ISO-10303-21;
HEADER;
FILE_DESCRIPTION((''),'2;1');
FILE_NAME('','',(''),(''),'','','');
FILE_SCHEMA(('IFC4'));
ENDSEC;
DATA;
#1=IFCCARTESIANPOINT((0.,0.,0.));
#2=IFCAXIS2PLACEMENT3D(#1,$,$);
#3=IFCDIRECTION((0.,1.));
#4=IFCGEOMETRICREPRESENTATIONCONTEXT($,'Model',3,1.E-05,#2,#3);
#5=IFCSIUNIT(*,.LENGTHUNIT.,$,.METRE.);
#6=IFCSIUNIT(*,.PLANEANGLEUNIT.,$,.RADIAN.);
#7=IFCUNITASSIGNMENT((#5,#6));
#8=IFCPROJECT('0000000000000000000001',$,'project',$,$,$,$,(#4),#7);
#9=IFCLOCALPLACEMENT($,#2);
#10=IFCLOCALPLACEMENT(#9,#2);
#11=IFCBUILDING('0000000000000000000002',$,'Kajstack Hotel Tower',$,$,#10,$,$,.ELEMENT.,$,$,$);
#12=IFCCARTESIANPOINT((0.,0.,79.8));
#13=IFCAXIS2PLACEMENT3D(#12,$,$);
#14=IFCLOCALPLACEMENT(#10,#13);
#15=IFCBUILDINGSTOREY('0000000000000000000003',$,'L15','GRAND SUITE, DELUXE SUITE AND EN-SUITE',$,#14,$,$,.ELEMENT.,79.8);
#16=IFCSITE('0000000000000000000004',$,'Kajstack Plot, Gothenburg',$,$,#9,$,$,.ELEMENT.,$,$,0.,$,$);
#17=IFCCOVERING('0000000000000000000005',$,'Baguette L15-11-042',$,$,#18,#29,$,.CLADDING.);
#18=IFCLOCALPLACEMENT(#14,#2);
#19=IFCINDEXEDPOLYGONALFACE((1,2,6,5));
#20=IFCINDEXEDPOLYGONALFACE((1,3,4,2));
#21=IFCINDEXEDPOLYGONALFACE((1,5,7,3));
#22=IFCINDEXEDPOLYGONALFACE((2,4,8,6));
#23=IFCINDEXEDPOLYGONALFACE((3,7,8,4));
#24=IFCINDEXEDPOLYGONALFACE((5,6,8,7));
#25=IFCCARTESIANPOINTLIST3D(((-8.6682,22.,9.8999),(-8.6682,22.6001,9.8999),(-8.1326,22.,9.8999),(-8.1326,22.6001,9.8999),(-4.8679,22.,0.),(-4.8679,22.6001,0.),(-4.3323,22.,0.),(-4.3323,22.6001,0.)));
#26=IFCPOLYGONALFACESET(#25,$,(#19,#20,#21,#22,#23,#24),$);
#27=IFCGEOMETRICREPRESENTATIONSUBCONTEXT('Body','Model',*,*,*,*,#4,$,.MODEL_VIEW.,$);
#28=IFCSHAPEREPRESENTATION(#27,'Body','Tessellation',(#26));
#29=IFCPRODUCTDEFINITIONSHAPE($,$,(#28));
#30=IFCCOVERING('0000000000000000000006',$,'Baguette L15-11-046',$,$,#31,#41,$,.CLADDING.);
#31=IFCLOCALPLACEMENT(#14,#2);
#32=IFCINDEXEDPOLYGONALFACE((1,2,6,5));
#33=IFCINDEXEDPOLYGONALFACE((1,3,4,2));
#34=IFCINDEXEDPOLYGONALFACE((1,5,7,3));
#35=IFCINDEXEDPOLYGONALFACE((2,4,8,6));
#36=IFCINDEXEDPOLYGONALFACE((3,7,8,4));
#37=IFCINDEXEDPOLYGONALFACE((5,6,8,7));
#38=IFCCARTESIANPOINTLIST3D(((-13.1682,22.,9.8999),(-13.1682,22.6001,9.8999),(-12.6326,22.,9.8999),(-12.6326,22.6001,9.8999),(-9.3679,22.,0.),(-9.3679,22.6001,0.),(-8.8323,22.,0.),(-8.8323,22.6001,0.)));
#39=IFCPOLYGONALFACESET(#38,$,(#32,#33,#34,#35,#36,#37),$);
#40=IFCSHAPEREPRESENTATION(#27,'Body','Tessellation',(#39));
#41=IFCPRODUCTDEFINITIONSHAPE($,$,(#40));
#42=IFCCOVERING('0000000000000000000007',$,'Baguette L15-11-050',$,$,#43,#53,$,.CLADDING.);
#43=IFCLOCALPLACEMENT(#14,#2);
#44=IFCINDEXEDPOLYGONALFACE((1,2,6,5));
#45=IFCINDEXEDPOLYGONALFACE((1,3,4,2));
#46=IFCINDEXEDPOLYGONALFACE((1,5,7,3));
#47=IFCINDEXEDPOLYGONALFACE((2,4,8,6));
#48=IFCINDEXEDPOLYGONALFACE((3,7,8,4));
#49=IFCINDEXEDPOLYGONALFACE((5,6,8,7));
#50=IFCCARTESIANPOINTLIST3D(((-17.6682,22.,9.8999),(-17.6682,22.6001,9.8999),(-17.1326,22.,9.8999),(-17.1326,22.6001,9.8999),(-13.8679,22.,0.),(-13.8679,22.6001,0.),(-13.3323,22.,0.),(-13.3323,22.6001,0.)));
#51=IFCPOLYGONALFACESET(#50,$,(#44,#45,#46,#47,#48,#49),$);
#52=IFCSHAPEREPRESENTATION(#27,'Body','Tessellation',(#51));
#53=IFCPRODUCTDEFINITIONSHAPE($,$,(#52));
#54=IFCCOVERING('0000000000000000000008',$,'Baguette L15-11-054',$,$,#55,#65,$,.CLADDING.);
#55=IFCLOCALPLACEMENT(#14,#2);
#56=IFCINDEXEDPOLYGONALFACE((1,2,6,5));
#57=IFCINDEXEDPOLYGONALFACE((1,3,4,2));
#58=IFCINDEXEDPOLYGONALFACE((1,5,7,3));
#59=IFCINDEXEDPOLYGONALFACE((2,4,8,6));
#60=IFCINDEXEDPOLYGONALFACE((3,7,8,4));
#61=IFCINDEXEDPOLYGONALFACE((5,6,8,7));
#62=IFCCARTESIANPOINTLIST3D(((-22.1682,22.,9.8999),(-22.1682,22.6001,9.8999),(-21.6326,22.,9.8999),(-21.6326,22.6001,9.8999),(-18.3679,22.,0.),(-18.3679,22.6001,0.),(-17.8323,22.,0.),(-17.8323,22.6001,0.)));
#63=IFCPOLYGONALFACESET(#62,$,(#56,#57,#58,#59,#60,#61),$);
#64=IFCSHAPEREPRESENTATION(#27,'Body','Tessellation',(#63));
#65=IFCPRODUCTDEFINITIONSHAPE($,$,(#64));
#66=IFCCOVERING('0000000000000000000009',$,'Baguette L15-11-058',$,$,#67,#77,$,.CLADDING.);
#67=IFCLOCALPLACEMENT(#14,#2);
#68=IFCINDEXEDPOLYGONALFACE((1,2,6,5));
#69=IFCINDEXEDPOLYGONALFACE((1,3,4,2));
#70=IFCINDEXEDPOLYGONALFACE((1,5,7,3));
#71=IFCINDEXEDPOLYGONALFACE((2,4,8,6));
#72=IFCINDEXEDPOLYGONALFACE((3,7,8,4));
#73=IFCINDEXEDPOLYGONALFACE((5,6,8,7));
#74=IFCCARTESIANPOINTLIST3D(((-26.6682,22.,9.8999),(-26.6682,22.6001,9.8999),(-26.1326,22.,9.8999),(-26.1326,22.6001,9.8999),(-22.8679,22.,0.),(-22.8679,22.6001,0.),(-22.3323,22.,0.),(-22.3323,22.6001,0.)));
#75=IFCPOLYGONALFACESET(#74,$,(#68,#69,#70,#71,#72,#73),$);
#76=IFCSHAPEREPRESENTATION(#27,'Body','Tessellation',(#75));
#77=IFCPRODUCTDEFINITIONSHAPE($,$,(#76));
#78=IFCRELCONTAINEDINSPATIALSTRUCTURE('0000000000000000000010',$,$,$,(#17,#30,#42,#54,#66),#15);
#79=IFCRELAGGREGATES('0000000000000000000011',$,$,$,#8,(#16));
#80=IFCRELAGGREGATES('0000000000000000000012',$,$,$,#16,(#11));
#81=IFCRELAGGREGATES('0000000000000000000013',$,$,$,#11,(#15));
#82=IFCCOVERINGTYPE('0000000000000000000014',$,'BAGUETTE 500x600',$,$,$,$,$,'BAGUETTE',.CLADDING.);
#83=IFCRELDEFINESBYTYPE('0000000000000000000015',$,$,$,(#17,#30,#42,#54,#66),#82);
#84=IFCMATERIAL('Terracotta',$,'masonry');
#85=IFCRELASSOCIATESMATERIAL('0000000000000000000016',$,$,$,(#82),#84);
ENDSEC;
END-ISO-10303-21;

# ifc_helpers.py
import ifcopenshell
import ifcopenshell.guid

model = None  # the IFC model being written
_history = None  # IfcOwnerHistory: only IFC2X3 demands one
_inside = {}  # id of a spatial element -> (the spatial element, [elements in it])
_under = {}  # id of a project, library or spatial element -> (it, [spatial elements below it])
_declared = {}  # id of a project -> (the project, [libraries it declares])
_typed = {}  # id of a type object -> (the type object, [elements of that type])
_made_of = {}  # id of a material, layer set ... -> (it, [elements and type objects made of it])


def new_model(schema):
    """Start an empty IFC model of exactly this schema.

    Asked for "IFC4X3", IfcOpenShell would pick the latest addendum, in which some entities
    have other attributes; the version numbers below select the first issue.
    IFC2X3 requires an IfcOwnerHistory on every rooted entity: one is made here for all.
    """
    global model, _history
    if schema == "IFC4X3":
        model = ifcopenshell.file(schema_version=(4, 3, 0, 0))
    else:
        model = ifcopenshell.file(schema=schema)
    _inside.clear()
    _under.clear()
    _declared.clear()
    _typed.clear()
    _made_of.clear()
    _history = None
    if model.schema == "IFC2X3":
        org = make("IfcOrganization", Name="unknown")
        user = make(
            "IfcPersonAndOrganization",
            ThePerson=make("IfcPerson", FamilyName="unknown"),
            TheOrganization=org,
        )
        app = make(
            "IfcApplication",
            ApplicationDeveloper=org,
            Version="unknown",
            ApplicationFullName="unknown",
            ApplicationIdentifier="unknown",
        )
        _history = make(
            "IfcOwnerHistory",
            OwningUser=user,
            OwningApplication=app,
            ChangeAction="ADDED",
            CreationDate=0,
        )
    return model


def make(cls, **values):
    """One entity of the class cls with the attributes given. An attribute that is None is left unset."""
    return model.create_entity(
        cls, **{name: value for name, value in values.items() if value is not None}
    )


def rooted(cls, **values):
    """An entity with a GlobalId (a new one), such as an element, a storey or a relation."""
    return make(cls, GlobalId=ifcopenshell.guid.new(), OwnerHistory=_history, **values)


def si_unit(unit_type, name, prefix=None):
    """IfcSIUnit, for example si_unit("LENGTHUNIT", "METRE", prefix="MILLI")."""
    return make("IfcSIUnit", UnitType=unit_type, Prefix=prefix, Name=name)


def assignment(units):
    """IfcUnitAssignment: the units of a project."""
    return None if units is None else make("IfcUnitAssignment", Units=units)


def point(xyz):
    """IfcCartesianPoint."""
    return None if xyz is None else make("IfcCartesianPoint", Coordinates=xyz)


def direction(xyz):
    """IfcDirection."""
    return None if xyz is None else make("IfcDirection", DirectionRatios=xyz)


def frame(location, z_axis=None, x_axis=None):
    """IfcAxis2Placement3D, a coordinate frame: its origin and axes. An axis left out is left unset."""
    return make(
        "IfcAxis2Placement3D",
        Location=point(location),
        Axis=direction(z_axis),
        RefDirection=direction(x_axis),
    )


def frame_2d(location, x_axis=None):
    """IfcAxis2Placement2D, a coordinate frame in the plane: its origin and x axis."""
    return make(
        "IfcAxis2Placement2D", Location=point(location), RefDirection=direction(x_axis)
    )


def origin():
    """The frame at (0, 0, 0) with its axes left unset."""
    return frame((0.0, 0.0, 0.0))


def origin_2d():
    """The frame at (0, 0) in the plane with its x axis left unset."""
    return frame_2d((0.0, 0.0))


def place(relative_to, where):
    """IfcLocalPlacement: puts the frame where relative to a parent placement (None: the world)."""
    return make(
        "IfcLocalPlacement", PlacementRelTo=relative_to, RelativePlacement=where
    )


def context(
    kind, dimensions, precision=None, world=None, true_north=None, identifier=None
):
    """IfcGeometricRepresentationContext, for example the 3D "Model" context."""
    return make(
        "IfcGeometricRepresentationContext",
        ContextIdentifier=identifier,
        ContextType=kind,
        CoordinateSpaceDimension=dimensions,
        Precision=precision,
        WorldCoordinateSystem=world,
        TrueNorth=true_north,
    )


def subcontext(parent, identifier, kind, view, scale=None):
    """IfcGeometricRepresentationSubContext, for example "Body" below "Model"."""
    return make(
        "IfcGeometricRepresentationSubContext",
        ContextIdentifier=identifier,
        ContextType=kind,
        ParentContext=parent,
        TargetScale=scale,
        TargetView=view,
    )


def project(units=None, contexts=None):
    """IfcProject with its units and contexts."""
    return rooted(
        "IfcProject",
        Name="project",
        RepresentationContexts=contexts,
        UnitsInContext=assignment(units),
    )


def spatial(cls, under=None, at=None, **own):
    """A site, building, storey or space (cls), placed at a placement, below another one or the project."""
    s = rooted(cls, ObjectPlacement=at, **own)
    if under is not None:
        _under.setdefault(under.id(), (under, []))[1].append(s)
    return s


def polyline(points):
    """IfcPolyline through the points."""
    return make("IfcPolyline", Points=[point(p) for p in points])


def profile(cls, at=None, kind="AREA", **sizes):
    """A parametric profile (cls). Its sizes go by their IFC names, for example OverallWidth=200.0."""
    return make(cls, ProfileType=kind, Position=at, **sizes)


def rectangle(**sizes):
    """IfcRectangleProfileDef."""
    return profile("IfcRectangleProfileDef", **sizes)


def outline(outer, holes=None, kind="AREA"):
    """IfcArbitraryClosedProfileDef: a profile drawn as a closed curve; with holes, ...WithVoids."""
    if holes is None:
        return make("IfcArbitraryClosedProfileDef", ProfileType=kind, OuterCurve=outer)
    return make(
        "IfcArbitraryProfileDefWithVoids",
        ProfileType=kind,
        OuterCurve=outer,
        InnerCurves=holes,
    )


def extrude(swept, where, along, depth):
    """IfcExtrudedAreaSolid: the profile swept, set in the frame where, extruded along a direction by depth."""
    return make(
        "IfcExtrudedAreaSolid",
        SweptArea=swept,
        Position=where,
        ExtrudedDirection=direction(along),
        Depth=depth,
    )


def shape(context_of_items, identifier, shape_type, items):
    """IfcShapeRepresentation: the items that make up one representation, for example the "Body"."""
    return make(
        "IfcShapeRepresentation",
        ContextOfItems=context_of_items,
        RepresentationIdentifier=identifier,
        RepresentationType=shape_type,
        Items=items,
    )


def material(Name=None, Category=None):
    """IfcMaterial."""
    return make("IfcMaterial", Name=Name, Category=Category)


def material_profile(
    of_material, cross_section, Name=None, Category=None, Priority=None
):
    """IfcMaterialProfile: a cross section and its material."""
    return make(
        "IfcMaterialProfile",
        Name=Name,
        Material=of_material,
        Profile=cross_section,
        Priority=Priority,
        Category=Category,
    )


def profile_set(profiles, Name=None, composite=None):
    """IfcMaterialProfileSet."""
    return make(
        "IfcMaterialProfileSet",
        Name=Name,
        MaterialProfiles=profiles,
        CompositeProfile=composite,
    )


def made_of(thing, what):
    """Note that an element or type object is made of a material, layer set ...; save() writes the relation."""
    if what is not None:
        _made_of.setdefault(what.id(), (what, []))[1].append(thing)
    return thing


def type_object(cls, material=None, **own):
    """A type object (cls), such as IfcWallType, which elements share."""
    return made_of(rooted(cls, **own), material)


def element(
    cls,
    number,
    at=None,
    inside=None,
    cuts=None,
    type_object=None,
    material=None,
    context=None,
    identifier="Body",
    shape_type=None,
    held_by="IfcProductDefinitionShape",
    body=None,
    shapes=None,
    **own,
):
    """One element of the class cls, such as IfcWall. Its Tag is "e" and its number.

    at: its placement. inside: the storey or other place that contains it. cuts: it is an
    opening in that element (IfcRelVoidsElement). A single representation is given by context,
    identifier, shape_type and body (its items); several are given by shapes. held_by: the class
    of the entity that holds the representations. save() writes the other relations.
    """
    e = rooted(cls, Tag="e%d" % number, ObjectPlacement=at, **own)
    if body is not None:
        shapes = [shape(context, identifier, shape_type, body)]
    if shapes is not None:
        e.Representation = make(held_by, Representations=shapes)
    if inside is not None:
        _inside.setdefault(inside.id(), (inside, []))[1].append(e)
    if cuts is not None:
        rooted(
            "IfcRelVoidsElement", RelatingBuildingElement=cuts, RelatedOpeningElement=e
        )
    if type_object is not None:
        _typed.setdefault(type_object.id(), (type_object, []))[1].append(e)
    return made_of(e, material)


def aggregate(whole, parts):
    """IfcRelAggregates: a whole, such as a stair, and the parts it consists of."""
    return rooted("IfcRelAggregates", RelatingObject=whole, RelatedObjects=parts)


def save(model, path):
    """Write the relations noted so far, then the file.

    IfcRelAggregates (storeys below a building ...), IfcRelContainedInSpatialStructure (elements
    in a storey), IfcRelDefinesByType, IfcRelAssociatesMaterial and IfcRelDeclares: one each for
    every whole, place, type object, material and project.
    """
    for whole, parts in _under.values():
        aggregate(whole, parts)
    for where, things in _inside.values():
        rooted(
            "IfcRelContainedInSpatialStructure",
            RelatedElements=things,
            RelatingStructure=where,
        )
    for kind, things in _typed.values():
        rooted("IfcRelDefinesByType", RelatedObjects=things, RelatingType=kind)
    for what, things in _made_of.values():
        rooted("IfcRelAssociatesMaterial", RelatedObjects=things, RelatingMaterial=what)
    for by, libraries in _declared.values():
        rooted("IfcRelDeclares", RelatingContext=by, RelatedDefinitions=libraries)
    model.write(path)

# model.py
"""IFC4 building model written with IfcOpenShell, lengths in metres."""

from ifc_helpers import new_model, si_unit, direction, frame, origin, origin_2d, place, context, subcontext, project, spatial, polyline, rectangle, outline, extrude, material, material_profile, profile_set, type_object, element, save


model = new_model("IFC4")

# Units and contexts
model_context = context("Model", 3, precision=1e-05, world=origin(), true_north=direction((0.0, 1.0)))
body_context = subcontext(model_context, "Body", "Model", "MODEL_VIEW")
ifc_project = project(units=[si_unit("LENGTHUNIT", "METRE"), si_unit("PLANEANGLEUNIT", "RADIAN")], contexts=[model_context])

# Site, building, storey
site_placement = place(None, origin())
site = spatial("IfcSite", under=ifc_project, at=site_placement, Name="Kajstack Plot, Gothenburg", CompositionType="ELEMENT", RefElevation=0.0)
building_placement = place(site_placement, origin())
building = spatial("IfcBuilding", under=site, at=building_placement, Name="Kajstack Hotel Tower", CompositionType="ELEMENT")
storey_placement = place(building_placement, frame((0.0, 0.0, 79.8)))
storey = spatial("IfcBuildingStorey", under=building, at=storey_placement, Name="L15", Description="GRAND SUITE, DELUXE SUITE AND EN-SUITE", CompositionType="ELEMENT", Elevation=79.8)

# Coverings
ifc_material_1 = material(Name="Terracotta", Category="masonry")
ifc_material_profile = material_profile(ifc_material_1, rectangle(XDim=0.6001, YDim=0.5, at=origin_2d()), Name="Terracotta-clad concrete baguette 500 x 600")
ifc_profile_set = profile_set([ifc_material_profile], Name="Terracotta")
covering_type = type_object("IfcCoveringType", Name="BAGUETTE 500x600", ElementType="BAGUETTE", PredefinedType="CLADDING", material=ifc_profile_set)
for number, where, z_axis, x_axis, name in (
    (1, (-4.3323, 22.0, 0.0), (0.0, 1.0, 0.0), (-1.0, 0.0, 0.0), "Baguette L15-11-042"),
    (2, (-8.8323, 22.0, 0.0), (0.0, 1.0, 0.0), (-1.0, 0.0, 0.0), "Baguette L15-11-046"),
    (3, (-13.3323, 22.0, 0.0), (0.0, 1.0, 0.0), (-1.0, 0.0, 0.0), "Baguette L15-11-050"),
    (4, (-17.8323, 22.0, 0.0), (0.0, 1.0, 0.0), (-1.0, 0.0, 0.0), "Baguette L15-11-054"),
    (5, (-22.3323, 22.0, 0.0), (0.0, 1.0, 0.0), (-1.0, 0.0, 0.0), "Baguette L15-11-058"),
):
    element("IfcCovering", number, at=place(storey_placement, frame(where, z_axis=z_axis, x_axis=x_axis)), inside=storey, type_object=covering_type, Name=name, PredefinedType="CLADDING", context=body_context, shape_type="SweptSolid", body=[
        extrude(outline(polyline([(3.8003, 9.8999), (0.0, 0.0), (0.5356, 0.0), (4.3359, 9.8999), (3.8003, 9.8999)])), origin(), (0.0, 0.0, 1.0), 0.6001),
    ])

save(model, "model.ifc")
